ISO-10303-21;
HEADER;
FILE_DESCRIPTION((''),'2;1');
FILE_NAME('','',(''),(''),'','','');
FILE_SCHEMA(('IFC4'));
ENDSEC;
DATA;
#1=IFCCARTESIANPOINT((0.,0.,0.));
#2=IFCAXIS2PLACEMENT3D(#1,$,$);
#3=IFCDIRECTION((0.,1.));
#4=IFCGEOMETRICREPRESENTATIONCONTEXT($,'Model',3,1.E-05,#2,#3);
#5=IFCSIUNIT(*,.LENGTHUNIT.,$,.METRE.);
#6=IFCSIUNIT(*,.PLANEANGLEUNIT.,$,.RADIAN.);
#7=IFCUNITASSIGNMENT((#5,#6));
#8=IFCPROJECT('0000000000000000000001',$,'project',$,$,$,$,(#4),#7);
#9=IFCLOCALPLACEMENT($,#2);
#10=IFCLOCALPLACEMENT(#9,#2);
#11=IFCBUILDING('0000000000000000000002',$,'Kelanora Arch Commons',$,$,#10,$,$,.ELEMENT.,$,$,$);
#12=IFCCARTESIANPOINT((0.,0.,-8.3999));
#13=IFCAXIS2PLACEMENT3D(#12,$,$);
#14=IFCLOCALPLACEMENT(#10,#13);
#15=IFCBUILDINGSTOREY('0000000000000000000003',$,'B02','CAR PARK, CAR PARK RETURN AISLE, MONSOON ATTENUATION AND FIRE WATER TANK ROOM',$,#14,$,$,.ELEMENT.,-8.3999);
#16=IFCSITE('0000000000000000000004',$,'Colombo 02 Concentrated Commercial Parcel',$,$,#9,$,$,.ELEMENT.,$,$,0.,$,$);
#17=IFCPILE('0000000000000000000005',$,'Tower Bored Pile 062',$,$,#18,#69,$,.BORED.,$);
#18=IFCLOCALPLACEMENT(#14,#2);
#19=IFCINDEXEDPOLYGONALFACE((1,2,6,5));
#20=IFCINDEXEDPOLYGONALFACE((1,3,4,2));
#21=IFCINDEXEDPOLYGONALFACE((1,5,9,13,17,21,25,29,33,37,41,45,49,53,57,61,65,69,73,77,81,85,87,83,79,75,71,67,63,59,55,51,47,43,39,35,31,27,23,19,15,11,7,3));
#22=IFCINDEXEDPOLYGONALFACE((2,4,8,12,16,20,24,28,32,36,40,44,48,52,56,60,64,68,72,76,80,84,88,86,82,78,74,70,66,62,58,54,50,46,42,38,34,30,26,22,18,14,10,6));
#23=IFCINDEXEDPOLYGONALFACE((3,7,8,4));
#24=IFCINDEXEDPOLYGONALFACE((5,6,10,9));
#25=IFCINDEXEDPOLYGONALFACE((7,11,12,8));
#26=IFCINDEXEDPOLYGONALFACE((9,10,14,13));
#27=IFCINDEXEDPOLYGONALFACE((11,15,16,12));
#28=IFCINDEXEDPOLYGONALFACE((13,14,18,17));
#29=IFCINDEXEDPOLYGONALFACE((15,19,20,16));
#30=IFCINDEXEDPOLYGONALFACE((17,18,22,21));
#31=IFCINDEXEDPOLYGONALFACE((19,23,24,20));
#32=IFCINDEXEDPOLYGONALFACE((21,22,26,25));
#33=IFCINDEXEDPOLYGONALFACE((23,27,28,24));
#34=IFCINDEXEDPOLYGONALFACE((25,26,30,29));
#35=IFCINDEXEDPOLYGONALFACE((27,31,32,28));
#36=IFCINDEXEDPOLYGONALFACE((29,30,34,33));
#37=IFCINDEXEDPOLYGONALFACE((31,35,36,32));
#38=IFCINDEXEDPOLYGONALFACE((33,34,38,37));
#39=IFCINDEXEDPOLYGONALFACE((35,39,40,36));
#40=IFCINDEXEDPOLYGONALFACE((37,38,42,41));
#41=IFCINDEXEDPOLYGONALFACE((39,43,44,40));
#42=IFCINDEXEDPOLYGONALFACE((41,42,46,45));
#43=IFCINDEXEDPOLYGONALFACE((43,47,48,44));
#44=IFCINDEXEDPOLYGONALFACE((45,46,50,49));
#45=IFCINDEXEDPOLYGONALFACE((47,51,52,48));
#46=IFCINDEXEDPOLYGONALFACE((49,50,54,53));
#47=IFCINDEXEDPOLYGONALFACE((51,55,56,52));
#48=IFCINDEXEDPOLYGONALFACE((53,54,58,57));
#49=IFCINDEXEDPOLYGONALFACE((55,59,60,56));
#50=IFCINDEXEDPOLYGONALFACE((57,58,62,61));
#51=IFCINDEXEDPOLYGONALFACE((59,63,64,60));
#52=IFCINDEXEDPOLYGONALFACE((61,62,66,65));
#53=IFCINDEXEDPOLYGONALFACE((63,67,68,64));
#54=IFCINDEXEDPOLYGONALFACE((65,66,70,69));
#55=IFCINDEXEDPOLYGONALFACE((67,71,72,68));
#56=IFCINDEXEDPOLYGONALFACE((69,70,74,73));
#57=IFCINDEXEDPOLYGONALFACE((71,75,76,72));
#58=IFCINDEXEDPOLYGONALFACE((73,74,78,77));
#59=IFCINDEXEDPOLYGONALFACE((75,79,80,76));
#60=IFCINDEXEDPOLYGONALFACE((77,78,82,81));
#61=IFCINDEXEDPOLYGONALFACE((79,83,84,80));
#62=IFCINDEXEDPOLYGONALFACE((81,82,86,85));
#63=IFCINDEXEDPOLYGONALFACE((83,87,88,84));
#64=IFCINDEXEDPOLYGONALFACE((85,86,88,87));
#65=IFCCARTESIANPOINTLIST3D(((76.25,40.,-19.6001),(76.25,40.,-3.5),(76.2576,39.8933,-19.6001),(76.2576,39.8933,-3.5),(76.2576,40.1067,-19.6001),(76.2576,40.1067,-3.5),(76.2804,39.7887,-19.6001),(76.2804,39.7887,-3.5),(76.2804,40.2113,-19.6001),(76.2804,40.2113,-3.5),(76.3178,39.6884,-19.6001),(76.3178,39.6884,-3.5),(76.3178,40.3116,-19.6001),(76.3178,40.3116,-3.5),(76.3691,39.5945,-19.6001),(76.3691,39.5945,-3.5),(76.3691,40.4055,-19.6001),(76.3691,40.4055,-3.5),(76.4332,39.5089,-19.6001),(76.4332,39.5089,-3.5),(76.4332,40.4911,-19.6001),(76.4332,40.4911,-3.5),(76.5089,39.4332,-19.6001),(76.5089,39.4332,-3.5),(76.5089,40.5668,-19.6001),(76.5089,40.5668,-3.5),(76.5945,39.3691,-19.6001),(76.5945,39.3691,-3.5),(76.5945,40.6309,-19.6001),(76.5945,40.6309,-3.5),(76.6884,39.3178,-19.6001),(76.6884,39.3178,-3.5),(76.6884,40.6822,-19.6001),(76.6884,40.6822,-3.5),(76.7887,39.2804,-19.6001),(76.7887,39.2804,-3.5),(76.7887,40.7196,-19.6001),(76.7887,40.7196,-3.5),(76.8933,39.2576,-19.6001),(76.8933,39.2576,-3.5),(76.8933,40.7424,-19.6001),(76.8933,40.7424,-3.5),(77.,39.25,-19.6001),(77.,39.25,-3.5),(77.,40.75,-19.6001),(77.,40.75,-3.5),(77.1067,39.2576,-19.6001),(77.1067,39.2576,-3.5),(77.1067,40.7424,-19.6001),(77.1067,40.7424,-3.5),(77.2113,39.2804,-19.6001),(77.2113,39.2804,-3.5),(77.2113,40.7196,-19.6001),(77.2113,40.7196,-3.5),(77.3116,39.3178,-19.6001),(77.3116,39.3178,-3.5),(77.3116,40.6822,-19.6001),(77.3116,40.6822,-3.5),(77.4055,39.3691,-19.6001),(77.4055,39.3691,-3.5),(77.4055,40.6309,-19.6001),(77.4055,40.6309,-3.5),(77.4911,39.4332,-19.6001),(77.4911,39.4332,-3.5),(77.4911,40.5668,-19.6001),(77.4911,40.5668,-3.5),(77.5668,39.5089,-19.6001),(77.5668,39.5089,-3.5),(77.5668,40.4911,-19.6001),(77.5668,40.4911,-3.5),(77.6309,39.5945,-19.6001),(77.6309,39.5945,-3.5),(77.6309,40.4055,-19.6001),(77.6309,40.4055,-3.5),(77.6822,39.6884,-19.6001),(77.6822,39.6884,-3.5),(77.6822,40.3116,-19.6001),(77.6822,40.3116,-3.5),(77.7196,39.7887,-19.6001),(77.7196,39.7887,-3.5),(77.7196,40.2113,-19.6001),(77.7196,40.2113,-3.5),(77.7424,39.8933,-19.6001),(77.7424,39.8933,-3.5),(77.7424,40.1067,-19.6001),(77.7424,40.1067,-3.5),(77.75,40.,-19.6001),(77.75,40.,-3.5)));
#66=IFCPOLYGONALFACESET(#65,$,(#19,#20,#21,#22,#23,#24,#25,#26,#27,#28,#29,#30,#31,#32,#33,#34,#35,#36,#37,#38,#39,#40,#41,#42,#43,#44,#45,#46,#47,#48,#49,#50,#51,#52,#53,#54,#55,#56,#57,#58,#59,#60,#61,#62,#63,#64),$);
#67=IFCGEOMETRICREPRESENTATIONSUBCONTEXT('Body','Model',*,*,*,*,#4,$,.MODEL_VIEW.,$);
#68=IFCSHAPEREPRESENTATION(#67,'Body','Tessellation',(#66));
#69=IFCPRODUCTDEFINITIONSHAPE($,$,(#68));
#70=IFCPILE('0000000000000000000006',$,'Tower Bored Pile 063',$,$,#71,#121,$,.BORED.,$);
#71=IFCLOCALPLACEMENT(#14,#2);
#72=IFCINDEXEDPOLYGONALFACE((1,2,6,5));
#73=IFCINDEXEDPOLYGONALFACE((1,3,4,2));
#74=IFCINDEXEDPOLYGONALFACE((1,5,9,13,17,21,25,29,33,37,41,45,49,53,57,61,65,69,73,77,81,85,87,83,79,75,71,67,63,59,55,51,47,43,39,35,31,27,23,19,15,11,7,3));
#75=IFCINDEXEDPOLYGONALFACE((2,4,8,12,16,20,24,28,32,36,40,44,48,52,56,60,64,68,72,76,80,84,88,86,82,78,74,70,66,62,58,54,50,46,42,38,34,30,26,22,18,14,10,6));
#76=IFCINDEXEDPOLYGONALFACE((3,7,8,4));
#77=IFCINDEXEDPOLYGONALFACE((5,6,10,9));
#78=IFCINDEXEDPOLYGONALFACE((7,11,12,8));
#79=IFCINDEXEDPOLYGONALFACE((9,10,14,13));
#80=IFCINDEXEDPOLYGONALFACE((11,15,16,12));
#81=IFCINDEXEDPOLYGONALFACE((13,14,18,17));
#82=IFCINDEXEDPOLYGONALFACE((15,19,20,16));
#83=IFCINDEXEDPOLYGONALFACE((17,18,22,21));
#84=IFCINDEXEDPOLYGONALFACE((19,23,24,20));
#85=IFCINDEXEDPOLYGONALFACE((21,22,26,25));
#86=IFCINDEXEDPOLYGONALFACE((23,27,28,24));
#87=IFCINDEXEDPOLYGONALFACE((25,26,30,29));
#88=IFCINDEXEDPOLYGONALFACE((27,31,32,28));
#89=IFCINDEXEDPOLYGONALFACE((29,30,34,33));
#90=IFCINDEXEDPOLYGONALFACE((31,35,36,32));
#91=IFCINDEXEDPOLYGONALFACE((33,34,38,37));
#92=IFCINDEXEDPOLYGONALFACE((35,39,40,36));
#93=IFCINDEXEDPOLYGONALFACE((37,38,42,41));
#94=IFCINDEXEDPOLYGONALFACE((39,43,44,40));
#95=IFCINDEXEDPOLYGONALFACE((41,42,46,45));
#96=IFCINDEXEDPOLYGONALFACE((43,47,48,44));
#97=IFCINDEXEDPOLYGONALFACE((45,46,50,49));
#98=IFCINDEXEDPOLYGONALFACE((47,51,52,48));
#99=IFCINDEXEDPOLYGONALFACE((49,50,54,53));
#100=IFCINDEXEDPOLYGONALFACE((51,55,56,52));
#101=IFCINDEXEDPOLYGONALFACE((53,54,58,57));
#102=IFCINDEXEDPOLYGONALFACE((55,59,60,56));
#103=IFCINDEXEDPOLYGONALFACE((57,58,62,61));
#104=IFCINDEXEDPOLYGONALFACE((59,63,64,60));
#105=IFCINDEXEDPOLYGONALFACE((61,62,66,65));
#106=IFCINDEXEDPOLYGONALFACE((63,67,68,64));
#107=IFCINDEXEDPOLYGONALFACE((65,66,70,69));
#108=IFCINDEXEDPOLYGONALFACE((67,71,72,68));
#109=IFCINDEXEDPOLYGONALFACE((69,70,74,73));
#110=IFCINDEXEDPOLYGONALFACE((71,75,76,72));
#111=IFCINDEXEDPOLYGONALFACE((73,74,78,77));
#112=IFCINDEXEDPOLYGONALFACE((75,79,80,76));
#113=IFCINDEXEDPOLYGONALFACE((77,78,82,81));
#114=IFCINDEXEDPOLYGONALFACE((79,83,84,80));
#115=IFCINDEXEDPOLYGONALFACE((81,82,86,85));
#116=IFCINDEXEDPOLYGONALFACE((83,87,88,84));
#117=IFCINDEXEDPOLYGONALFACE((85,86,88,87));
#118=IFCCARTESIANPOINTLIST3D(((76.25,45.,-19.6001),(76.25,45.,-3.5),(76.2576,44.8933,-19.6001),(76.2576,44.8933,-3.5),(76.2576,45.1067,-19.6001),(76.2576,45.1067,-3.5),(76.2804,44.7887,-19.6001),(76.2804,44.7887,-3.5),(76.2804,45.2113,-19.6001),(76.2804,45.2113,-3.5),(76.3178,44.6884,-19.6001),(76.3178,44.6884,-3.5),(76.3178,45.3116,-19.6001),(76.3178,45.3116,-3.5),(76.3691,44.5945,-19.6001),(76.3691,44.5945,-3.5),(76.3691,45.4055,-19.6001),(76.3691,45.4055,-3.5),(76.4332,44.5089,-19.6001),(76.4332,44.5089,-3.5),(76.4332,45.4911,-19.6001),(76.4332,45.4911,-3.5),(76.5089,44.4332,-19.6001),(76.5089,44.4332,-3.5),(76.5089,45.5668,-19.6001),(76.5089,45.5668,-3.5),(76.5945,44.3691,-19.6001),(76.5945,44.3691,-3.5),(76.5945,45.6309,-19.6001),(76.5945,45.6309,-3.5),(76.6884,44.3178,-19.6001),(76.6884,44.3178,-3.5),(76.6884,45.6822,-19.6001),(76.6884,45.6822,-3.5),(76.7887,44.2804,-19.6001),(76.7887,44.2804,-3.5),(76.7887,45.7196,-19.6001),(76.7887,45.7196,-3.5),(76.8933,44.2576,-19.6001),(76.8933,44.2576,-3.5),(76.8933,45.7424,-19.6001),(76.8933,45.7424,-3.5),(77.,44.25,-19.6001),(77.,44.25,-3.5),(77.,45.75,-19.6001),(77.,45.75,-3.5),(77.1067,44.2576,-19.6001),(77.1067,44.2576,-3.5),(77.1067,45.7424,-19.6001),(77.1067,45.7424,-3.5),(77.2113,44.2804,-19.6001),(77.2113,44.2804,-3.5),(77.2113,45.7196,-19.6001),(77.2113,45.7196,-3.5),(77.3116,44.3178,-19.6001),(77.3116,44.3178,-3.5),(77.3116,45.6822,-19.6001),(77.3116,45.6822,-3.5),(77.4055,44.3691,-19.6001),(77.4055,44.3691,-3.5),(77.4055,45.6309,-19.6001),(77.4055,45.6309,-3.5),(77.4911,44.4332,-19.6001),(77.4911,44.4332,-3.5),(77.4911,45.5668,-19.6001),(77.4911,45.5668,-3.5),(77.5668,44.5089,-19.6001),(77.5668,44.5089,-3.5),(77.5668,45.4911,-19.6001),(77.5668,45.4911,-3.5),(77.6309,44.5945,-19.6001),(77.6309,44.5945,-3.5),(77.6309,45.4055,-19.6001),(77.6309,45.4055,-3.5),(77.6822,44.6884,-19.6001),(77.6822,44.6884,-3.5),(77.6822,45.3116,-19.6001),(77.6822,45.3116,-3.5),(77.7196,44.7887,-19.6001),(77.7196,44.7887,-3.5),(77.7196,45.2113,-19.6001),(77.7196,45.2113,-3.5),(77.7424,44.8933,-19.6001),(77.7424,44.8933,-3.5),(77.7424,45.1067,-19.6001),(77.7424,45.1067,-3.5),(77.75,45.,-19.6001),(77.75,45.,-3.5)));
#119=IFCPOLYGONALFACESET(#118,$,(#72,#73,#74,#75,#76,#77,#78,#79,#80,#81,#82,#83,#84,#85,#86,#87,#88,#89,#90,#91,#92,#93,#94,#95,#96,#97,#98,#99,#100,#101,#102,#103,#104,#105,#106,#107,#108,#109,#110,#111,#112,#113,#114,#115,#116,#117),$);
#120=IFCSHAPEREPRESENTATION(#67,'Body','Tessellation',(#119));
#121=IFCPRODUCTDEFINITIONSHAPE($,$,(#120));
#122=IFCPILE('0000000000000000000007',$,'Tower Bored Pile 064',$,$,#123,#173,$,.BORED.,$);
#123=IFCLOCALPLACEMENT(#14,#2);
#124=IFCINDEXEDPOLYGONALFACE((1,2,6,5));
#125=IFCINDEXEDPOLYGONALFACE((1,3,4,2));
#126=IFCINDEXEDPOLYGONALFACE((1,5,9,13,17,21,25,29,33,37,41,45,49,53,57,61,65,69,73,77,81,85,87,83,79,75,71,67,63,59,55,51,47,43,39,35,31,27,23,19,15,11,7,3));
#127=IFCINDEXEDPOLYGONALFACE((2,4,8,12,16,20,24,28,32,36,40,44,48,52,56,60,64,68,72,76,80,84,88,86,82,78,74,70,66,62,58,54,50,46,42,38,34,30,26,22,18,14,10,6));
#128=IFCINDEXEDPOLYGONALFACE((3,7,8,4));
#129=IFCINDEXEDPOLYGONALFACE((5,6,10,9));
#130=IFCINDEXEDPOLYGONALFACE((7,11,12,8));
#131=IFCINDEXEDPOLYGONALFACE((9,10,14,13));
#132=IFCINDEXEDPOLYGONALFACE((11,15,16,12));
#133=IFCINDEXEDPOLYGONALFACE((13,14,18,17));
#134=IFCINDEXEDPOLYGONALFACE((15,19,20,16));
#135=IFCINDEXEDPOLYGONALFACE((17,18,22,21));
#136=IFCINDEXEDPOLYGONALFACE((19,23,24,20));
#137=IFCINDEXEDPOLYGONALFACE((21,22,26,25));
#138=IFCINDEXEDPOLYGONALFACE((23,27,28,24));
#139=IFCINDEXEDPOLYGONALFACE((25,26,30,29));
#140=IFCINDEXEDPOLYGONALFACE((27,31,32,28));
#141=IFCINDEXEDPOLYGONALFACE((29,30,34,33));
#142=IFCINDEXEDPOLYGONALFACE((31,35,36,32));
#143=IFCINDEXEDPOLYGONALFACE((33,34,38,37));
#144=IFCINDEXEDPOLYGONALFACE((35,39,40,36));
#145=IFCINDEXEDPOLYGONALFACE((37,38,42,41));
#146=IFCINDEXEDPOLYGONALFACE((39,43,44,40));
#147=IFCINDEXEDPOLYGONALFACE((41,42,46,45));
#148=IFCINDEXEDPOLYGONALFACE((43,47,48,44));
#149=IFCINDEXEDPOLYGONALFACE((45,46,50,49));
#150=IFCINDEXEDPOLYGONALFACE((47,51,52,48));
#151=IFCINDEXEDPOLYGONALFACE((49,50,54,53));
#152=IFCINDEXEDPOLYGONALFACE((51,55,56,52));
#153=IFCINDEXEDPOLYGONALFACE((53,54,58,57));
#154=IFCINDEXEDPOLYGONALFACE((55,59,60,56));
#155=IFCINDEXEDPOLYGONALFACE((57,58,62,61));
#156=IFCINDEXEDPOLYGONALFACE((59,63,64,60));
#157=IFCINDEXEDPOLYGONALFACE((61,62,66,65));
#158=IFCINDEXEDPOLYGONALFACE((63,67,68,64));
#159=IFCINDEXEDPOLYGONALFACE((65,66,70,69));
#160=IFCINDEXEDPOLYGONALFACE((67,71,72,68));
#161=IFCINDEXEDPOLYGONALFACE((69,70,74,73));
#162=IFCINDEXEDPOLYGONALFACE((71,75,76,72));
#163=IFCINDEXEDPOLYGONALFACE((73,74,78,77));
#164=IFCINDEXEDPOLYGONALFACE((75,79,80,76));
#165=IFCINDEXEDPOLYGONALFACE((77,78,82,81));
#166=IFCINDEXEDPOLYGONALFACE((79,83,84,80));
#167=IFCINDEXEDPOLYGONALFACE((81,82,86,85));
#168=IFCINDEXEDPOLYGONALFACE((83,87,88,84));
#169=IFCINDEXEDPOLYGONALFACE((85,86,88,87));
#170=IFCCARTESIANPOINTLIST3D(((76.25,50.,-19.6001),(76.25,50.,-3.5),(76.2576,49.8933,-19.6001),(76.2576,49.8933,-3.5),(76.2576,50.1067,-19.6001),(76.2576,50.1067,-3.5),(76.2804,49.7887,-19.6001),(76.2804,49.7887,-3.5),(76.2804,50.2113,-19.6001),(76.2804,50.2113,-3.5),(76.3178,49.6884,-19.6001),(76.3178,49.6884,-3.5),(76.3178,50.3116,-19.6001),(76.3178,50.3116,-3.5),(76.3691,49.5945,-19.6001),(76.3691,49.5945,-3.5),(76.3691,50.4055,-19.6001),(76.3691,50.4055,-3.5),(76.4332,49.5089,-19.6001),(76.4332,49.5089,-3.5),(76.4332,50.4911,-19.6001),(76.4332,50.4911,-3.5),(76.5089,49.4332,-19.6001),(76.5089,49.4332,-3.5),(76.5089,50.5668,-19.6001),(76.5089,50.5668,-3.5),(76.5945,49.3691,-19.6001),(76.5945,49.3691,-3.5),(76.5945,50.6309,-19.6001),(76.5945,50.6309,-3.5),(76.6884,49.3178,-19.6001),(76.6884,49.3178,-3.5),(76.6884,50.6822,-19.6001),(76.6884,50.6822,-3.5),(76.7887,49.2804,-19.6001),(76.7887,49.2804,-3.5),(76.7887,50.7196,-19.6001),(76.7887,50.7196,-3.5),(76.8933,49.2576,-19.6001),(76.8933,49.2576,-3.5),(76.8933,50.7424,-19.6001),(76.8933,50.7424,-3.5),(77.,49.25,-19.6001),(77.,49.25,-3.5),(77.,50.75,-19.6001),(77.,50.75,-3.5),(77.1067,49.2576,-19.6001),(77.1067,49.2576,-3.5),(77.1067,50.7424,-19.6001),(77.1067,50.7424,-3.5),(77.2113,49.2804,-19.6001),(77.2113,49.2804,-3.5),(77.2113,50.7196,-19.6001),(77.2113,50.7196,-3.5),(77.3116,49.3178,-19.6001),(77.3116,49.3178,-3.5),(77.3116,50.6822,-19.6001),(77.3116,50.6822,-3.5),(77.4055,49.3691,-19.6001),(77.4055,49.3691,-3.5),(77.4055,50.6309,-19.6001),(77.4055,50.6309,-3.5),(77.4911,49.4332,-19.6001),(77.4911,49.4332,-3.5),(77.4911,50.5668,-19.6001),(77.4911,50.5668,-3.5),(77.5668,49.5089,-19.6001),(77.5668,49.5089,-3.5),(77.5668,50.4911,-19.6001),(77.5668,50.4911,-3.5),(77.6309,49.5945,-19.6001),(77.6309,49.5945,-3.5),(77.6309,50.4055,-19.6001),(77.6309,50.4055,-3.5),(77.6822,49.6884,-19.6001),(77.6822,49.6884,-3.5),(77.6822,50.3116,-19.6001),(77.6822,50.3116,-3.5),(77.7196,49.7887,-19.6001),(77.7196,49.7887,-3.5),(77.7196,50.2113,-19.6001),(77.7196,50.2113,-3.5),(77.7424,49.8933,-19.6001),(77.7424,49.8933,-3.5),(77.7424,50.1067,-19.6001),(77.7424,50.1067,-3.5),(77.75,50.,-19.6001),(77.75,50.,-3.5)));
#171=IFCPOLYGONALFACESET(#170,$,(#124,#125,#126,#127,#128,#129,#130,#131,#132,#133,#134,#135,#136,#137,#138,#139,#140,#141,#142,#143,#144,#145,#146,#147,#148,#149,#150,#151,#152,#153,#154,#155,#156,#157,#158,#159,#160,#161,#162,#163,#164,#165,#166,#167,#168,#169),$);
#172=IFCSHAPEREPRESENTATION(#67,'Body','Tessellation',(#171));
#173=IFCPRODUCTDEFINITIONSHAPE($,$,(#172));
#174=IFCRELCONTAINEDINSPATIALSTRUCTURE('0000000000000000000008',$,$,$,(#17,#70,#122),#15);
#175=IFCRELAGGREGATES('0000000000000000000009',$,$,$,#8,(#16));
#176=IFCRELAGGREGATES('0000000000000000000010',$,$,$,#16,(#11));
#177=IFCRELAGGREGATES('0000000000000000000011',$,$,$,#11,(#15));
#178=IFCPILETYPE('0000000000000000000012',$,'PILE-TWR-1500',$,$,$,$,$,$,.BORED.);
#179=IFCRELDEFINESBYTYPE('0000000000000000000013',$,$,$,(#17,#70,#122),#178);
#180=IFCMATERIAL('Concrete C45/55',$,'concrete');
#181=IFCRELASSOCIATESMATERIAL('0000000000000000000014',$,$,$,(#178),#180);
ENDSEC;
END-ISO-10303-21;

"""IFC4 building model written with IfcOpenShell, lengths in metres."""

from ifc_helpers import new_model, si_unit, direction, frame, origin, origin_2d, place, context, subcontext, project, spatial, circle, extrude, source, transform, mapped, material, material_profile, profile_set, type_object, element, save


model = new_model("IFC4")

# Units and contexts
model_context = context("Model", 3, precision=1e-05, world=origin(), true_north=direction((0.0, 1.0)))
body_context = subcontext(model_context, "Body", "Model", "MODEL_VIEW")
ifc_project = project(units=[si_unit("LENGTHUNIT", "METRE"), si_unit("PLANEANGLEUNIT", "RADIAN")], contexts=[model_context])

# Site, building, storey
site_placement = place(None, origin())
site = spatial("IfcSite", under=ifc_project, at=site_placement, Name="Colombo 02 Concentrated Commercial Parcel", CompositionType="ELEMENT", RefElevation=0.0)
building_placement = place(site_placement, origin())
building = spatial("IfcBuilding", under=site, at=building_placement, Name="Kelanora Arch Commons", CompositionType="ELEMENT")
storey_placement = place(building_placement, frame((0.0, 0.0, -8.3999)))
storey = spatial("IfcBuildingStorey", under=building, at=storey_placement, Name="B02", Description="CAR PARK, CAR PARK RETURN AISLE, MONSOON ATTENUATION AND FIRE WATER TANK ROOM", CompositionType="ELEMENT", Elevation=-8.3999)

# Piles
ifc_material_1 = material(Name="Concrete C45/55", Category="concrete")
ifc_material_profile_1 = material_profile(ifc_material_1, circle(Radius=0.75, at=origin_2d()), Name="PILE1500")
ifc_profile_set_1 = profile_set([ifc_material_profile_1], Name="Concrete C45/55")
pile_type = type_object("IfcPileType", Name="PILE-TWR-1500", PredefinedType="BORED", material=ifc_profile_set_1)
shared_shape = source(origin(), body_context, "Body", "SweptSolid", [
    extrude(circle(Radius=0.75, at=origin_2d()), origin(), (0.0, 0.0, 1.0), 16.1001),
])
for number, where, z_axis, x_axis, name in (
    (1, (77.0, 40.0, -3.5), (0.0, 0.0, -1.0), (1.0, 0.0, 0.0), "Tower Bored Pile 062"),
    (2, (77.0, 45.0, -3.5), (0.0, 0.0, -1.0), (1.0, 0.0, 0.0), "Tower Bored Pile 063"),
    (3, (77.0, 50.0, -3.5), (0.0, 0.0, -1.0), (1.0, 0.0, 0.0), "Tower Bored Pile 064"),
):
    element("IfcPile", number, at=place(storey_placement, frame(where, z_axis=z_axis, x_axis=x_axis)), inside=storey, type_object=pile_type, Name=name, PredefinedType="BORED", context=body_context, shape_type="MappedRepresentation", body=[
        mapped(shared_shape, transform((0.0, 0.0, 0.0), scale=1.0)),
    ])

save(model, "model.ifc")
